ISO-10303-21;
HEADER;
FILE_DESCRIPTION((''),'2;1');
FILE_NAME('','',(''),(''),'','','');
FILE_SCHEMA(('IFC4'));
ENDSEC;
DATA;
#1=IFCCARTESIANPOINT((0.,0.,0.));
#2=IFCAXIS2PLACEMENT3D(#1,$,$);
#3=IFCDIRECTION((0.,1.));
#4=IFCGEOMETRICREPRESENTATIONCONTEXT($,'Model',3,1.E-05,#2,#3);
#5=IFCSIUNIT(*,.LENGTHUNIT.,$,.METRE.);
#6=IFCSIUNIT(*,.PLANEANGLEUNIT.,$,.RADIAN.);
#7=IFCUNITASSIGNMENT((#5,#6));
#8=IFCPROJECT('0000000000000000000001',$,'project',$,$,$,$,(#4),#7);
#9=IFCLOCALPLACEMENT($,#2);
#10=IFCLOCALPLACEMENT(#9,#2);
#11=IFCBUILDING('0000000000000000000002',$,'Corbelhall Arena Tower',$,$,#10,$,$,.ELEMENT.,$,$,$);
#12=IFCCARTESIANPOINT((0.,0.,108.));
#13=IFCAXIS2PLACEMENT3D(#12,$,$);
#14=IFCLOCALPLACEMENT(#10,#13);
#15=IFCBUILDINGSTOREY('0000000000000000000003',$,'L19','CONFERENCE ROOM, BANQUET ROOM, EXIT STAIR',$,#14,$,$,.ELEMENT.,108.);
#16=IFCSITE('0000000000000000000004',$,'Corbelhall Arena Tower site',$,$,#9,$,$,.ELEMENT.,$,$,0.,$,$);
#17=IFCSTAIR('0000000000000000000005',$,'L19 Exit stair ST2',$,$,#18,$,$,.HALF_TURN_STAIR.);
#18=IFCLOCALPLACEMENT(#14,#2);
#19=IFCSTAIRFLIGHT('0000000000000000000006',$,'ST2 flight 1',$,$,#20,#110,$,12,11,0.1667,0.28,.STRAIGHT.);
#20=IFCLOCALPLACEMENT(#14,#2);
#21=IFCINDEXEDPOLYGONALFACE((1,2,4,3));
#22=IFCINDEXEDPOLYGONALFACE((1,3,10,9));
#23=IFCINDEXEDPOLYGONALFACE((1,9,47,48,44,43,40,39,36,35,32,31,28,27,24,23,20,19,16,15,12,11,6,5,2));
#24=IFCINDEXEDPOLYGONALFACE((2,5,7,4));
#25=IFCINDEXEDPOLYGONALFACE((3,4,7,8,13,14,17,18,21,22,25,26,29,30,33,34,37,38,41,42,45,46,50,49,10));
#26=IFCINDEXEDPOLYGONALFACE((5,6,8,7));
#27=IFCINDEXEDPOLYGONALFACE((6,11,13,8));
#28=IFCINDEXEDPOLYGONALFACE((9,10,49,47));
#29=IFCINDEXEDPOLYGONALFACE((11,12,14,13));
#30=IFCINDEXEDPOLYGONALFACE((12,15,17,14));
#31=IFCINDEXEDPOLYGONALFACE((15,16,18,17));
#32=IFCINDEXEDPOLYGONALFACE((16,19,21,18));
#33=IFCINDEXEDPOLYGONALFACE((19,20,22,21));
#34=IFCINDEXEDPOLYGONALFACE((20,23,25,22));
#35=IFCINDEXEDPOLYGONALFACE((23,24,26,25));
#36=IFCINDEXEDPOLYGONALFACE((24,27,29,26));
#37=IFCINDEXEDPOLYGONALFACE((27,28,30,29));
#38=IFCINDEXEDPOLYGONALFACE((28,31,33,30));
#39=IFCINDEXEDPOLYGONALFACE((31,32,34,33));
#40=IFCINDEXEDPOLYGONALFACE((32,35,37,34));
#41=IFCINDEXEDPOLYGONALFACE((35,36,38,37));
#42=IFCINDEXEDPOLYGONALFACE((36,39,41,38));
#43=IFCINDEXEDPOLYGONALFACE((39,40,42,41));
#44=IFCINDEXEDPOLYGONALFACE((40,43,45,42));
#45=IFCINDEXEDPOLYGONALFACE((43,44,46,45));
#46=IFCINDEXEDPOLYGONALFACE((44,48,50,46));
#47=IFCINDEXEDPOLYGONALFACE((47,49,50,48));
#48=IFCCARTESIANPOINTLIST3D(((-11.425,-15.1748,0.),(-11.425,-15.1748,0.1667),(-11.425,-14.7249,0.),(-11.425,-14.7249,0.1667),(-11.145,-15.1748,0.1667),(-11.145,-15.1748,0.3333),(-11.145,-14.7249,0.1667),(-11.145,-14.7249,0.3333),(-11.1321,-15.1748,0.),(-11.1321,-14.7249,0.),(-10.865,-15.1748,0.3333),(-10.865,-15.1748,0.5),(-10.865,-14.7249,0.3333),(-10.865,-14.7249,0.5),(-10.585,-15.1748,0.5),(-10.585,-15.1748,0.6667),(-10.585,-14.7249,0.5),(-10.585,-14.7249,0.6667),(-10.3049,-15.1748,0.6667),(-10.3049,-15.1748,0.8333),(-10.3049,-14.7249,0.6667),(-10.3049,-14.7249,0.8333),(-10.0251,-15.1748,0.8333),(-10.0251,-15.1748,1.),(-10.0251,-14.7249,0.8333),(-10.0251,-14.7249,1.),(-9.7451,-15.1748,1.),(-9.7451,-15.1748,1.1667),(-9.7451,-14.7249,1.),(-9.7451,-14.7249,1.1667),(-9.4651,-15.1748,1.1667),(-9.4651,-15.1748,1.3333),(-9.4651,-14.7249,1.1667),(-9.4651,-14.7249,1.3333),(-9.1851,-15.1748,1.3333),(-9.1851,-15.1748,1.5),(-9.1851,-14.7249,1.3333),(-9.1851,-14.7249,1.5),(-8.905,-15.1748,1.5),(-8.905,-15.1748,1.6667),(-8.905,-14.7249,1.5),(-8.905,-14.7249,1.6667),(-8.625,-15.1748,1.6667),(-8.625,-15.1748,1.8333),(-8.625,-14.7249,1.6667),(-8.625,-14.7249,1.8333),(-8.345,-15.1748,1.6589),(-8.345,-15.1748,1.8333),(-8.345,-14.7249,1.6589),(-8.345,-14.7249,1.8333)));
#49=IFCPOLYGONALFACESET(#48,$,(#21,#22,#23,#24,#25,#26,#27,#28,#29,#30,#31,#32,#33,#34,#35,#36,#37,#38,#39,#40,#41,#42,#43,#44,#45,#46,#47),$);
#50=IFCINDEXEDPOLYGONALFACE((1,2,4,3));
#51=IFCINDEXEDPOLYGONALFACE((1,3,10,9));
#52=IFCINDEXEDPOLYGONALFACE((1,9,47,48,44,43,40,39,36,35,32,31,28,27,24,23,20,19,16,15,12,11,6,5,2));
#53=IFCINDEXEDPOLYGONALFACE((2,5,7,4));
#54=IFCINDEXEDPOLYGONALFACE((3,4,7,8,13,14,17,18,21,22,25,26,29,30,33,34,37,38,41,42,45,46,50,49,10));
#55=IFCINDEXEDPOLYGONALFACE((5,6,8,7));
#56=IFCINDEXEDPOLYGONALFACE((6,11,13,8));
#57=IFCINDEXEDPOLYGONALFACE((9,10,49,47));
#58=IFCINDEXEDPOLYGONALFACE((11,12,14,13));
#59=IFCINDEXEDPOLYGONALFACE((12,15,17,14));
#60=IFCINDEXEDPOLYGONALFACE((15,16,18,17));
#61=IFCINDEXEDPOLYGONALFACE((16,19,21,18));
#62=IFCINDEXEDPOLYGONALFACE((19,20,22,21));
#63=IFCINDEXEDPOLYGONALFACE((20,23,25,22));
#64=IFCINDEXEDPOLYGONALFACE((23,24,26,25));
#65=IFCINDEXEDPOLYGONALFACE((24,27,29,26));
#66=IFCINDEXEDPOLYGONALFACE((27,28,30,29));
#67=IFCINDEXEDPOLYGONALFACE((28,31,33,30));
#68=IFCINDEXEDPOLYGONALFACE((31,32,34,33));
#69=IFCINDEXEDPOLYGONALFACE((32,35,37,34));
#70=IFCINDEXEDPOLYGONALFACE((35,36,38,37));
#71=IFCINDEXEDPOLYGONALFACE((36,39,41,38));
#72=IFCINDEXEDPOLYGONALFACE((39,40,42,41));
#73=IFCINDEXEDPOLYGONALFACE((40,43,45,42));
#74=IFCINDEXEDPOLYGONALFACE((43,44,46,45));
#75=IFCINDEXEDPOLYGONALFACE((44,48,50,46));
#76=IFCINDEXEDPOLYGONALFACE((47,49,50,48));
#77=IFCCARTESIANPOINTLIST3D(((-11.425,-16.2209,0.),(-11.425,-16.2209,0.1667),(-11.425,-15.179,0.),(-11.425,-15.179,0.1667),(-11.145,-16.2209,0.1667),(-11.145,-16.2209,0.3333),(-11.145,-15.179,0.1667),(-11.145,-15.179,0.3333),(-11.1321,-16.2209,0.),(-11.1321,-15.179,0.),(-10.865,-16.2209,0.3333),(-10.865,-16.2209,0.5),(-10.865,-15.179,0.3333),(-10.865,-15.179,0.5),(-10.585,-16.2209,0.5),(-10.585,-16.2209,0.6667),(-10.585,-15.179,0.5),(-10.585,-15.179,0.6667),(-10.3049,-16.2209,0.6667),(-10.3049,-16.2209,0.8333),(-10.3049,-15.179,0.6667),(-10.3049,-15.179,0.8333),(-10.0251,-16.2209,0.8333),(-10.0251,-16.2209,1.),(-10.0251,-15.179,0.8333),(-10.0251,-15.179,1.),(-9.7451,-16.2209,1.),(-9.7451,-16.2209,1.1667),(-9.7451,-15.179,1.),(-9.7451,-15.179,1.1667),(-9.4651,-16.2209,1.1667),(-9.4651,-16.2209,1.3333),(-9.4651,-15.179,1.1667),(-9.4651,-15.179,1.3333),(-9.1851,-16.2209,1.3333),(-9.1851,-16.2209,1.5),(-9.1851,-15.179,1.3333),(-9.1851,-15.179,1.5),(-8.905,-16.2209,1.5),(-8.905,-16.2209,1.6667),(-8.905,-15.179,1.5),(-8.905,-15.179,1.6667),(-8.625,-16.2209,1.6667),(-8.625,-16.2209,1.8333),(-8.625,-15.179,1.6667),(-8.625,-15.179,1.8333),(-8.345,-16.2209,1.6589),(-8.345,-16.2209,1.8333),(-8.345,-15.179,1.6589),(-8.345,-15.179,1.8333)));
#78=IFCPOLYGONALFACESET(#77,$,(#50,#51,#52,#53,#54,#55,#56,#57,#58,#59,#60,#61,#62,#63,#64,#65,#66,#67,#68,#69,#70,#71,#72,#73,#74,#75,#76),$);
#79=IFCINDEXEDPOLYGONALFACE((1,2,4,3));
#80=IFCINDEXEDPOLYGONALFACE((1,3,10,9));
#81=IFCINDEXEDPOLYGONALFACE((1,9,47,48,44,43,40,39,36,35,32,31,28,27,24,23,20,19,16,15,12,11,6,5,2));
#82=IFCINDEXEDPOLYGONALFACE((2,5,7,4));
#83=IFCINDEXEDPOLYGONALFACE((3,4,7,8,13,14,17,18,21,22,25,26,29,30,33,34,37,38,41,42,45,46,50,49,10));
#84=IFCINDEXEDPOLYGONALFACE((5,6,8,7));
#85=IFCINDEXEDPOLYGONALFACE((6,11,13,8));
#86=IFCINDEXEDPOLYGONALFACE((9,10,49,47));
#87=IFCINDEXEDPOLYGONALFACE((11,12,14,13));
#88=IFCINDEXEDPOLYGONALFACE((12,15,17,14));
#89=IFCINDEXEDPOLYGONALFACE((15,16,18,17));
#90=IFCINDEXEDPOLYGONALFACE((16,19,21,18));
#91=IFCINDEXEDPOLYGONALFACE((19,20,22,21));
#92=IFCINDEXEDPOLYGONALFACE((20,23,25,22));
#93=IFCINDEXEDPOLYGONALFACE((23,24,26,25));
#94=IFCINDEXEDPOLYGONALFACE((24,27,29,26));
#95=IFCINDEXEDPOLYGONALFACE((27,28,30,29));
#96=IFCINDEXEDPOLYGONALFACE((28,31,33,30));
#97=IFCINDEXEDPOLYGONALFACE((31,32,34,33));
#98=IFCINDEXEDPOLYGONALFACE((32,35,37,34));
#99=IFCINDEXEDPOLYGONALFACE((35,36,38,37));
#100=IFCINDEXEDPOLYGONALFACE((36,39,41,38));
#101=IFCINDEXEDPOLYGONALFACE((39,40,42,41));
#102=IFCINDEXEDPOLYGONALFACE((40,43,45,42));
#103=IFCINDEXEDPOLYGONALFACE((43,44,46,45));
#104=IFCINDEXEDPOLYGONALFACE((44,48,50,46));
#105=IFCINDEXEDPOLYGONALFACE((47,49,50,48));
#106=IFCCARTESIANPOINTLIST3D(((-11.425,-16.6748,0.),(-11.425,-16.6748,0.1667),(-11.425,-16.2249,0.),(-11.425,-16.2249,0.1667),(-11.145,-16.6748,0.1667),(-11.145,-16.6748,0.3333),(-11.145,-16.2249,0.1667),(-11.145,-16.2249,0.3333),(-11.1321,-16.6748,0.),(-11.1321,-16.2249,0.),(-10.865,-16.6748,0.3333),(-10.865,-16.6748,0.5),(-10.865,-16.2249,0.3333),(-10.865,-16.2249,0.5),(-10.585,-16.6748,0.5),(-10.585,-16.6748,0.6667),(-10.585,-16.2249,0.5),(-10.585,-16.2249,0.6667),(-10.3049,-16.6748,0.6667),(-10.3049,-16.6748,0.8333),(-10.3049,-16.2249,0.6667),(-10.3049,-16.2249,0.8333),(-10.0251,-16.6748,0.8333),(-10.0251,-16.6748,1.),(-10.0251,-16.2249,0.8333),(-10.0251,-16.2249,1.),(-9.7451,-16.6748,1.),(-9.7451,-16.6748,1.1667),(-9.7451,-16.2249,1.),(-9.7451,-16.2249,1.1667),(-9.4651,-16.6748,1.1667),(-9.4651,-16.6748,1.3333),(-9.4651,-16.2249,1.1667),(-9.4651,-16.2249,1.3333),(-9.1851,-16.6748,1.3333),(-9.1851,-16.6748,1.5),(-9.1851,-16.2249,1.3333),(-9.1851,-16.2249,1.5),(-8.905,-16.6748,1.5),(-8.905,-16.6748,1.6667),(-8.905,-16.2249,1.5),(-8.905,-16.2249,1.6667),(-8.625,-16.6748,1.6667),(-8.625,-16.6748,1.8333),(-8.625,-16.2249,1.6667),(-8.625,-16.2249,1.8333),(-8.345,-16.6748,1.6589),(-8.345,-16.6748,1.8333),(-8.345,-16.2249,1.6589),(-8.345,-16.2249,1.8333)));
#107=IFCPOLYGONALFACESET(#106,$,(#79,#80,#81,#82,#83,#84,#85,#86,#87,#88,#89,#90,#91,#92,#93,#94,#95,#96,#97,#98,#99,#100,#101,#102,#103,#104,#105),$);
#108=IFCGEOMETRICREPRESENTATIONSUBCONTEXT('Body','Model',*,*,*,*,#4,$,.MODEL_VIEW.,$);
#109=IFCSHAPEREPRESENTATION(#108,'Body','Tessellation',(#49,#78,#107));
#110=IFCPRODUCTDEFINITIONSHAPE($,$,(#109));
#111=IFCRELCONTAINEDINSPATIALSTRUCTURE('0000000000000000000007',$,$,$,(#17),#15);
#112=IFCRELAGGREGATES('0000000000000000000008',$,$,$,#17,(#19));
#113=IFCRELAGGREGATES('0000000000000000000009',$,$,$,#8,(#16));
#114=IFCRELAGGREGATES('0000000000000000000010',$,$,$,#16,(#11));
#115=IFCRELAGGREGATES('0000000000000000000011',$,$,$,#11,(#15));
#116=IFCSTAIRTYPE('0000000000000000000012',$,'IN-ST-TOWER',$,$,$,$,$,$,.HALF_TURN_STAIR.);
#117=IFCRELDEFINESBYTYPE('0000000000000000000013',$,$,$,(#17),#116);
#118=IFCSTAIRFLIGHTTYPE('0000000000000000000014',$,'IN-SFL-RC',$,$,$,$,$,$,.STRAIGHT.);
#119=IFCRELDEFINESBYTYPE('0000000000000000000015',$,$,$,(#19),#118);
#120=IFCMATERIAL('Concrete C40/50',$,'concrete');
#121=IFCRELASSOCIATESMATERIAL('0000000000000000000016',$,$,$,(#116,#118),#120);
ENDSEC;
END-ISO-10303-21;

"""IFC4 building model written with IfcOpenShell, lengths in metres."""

from ifc_helpers import new_model, si_unit, direction, frame, origin, place, context, subcontext, project, spatial, polyline, outline, extrude, material, type_object, element, aggregate, save


model = new_model("IFC4")

# Units and contexts
model_context = context("Model", 3, precision=1e-05, world=origin(), true_north=direction((0.0, 1.0)))
body_context = subcontext(model_context, "Body", "Model", "MODEL_VIEW")
ifc_project = project(units=[si_unit("LENGTHUNIT", "METRE"), si_unit("PLANEANGLEUNIT", "RADIAN")], contexts=[model_context])

# Site, building, storey
site_placement = place(None, origin())
site = spatial("IfcSite", under=ifc_project, at=site_placement, Name="Corbelhall Arena Tower site", CompositionType="ELEMENT", RefElevation=0.0)
building_placement = place(site_placement, origin())
building = spatial("IfcBuilding", under=site, at=building_placement, Name="Corbelhall Arena Tower", CompositionType="ELEMENT")
storey_placement = place(building_placement, frame((0.0, 0.0, 108.0)))
storey = spatial("IfcBuildingStorey", under=building, at=storey_placement, Name="L19", Description="CONFERENCE ROOM, BANQUET ROOM, EXIT STAIR", CompositionType="ELEMENT", Elevation=108.0)

# Stair, stair flight
ifc_material_1 = material(Name="Concrete C40/50", Category="concrete")
stair_type = type_object("IfcStairType", Name="IN-ST-TOWER", PredefinedType="HALF_TURN_STAIR", material=ifc_material_1)
stair_placement = place(storey_placement, origin())
stair = element("IfcStair", 1, at=stair_placement, inside=storey, type_object=stair_type, Name="L19 Exit stair ST2", PredefinedType="HALF_TURN_STAIR")
stair_flight_type = type_object("IfcStairFlightType", Name="IN-SFL-RC", PredefinedType="STRAIGHT", material=ifc_material_1)
stair_flight_placement = place(storey_placement, frame((-11.425, -15.7, 0.0), z_axis=(0.0, 0.0, 1.0), x_axis=(1.0, 0.0, 0.0)))
stair_flight = element("IfcStairFlight", 2, at=stair_flight_placement, type_object=stair_flight_type, Name="ST2 flight 1", NumberOfRisers=12, NumberOfTreads=11, PredefinedType="STRAIGHT", RiserHeight=0.1667, TreadLength=0.28, context=body_context, shape_type="SweptSolid", body=[
    extrude(outline(polyline([(0.0, 0.0), (0.0, 0.1667), (0.28, 0.1667), (0.28, 0.3333), (0.5601, 0.3333), (0.5601, 0.5), (0.8401, 0.5), (0.8401, 0.6667), (1.1201, 0.6667), (1.1201, 0.8333), (1.3999, 0.8333), (1.3999, 1.0), (1.6799, 1.0), (1.6799, 1.1667), (1.96, 1.1667), (1.96, 1.3333), (2.24, 1.3333), (2.24, 1.5), (2.52, 1.5), (2.52, 1.6667), (2.8, 1.6667), (2.8, 1.8333), (3.0801, 1.8333), (3.0801, 2.0), (3.0801, 1.6589), (0.293, 0.0), (0.0, 0.0)])), frame((0.0, 0.9751, 0.0), z_axis=(0.0, -1.0, 0.0), x_axis=(1.0, 0.0, 0.0)), (0.0, 0.0, 1.0), 0.45),
    extrude(outline(polyline([(0.0, 0.0), (0.0, 0.1667), (0.28, 0.1667), (0.28, 0.3333), (0.5601, 0.3333), (0.5601, 0.5), (0.8401, 0.5), (0.8401, 0.6667), (1.1201, 0.6667), (1.1201, 0.8333), (1.3999, 0.8333), (1.3999, 1.0), (1.6799, 1.0), (1.6799, 1.1667), (1.96, 1.1667), (1.96, 1.3333), (2.24, 1.3333), (2.24, 1.5), (2.52, 1.5), (2.52, 1.6667), (2.8, 1.6667), (2.8, 1.8333), (3.0801, 1.8333), (3.0801, 2.0), (3.0801, 1.6589), (0.293, 0.0), (0.0, 0.0)])), frame((0.0, 0.521, 0.0), z_axis=(0.0, -1.0, 0.0), x_axis=(1.0, 0.0, 0.0)), (0.0, 0.0, 1.0), 1.042),
    extrude(outline(polyline([(0.0, 0.0), (0.0, 0.1667), (0.28, 0.1667), (0.28, 0.3333), (0.5601, 0.3333), (0.5601, 0.5), (0.8401, 0.5), (0.8401, 0.6667), (1.1201, 0.6667), (1.1201, 0.8333), (1.3999, 0.8333), (1.3999, 1.0), (1.6799, 1.0), (1.6799, 1.1667), (1.96, 1.1667), (1.96, 1.3333), (2.24, 1.3333), (2.24, 1.5), (2.52, 1.5), (2.52, 1.6667), (2.8, 1.6667), (2.8, 1.8333), (3.0801, 1.8333), (3.0801, 2.0), (3.0801, 1.6589), (0.293, 0.0), (0.0, 0.0)])), frame((0.0, -0.5249, 0.0), z_axis=(0.0, -1.0, 0.0), x_axis=(1.0, 0.0, 0.0)), (0.0, 0.0, 1.0), 0.45),
])
aggregate(stair, [stair_flight])

save(model, "model.ifc")
